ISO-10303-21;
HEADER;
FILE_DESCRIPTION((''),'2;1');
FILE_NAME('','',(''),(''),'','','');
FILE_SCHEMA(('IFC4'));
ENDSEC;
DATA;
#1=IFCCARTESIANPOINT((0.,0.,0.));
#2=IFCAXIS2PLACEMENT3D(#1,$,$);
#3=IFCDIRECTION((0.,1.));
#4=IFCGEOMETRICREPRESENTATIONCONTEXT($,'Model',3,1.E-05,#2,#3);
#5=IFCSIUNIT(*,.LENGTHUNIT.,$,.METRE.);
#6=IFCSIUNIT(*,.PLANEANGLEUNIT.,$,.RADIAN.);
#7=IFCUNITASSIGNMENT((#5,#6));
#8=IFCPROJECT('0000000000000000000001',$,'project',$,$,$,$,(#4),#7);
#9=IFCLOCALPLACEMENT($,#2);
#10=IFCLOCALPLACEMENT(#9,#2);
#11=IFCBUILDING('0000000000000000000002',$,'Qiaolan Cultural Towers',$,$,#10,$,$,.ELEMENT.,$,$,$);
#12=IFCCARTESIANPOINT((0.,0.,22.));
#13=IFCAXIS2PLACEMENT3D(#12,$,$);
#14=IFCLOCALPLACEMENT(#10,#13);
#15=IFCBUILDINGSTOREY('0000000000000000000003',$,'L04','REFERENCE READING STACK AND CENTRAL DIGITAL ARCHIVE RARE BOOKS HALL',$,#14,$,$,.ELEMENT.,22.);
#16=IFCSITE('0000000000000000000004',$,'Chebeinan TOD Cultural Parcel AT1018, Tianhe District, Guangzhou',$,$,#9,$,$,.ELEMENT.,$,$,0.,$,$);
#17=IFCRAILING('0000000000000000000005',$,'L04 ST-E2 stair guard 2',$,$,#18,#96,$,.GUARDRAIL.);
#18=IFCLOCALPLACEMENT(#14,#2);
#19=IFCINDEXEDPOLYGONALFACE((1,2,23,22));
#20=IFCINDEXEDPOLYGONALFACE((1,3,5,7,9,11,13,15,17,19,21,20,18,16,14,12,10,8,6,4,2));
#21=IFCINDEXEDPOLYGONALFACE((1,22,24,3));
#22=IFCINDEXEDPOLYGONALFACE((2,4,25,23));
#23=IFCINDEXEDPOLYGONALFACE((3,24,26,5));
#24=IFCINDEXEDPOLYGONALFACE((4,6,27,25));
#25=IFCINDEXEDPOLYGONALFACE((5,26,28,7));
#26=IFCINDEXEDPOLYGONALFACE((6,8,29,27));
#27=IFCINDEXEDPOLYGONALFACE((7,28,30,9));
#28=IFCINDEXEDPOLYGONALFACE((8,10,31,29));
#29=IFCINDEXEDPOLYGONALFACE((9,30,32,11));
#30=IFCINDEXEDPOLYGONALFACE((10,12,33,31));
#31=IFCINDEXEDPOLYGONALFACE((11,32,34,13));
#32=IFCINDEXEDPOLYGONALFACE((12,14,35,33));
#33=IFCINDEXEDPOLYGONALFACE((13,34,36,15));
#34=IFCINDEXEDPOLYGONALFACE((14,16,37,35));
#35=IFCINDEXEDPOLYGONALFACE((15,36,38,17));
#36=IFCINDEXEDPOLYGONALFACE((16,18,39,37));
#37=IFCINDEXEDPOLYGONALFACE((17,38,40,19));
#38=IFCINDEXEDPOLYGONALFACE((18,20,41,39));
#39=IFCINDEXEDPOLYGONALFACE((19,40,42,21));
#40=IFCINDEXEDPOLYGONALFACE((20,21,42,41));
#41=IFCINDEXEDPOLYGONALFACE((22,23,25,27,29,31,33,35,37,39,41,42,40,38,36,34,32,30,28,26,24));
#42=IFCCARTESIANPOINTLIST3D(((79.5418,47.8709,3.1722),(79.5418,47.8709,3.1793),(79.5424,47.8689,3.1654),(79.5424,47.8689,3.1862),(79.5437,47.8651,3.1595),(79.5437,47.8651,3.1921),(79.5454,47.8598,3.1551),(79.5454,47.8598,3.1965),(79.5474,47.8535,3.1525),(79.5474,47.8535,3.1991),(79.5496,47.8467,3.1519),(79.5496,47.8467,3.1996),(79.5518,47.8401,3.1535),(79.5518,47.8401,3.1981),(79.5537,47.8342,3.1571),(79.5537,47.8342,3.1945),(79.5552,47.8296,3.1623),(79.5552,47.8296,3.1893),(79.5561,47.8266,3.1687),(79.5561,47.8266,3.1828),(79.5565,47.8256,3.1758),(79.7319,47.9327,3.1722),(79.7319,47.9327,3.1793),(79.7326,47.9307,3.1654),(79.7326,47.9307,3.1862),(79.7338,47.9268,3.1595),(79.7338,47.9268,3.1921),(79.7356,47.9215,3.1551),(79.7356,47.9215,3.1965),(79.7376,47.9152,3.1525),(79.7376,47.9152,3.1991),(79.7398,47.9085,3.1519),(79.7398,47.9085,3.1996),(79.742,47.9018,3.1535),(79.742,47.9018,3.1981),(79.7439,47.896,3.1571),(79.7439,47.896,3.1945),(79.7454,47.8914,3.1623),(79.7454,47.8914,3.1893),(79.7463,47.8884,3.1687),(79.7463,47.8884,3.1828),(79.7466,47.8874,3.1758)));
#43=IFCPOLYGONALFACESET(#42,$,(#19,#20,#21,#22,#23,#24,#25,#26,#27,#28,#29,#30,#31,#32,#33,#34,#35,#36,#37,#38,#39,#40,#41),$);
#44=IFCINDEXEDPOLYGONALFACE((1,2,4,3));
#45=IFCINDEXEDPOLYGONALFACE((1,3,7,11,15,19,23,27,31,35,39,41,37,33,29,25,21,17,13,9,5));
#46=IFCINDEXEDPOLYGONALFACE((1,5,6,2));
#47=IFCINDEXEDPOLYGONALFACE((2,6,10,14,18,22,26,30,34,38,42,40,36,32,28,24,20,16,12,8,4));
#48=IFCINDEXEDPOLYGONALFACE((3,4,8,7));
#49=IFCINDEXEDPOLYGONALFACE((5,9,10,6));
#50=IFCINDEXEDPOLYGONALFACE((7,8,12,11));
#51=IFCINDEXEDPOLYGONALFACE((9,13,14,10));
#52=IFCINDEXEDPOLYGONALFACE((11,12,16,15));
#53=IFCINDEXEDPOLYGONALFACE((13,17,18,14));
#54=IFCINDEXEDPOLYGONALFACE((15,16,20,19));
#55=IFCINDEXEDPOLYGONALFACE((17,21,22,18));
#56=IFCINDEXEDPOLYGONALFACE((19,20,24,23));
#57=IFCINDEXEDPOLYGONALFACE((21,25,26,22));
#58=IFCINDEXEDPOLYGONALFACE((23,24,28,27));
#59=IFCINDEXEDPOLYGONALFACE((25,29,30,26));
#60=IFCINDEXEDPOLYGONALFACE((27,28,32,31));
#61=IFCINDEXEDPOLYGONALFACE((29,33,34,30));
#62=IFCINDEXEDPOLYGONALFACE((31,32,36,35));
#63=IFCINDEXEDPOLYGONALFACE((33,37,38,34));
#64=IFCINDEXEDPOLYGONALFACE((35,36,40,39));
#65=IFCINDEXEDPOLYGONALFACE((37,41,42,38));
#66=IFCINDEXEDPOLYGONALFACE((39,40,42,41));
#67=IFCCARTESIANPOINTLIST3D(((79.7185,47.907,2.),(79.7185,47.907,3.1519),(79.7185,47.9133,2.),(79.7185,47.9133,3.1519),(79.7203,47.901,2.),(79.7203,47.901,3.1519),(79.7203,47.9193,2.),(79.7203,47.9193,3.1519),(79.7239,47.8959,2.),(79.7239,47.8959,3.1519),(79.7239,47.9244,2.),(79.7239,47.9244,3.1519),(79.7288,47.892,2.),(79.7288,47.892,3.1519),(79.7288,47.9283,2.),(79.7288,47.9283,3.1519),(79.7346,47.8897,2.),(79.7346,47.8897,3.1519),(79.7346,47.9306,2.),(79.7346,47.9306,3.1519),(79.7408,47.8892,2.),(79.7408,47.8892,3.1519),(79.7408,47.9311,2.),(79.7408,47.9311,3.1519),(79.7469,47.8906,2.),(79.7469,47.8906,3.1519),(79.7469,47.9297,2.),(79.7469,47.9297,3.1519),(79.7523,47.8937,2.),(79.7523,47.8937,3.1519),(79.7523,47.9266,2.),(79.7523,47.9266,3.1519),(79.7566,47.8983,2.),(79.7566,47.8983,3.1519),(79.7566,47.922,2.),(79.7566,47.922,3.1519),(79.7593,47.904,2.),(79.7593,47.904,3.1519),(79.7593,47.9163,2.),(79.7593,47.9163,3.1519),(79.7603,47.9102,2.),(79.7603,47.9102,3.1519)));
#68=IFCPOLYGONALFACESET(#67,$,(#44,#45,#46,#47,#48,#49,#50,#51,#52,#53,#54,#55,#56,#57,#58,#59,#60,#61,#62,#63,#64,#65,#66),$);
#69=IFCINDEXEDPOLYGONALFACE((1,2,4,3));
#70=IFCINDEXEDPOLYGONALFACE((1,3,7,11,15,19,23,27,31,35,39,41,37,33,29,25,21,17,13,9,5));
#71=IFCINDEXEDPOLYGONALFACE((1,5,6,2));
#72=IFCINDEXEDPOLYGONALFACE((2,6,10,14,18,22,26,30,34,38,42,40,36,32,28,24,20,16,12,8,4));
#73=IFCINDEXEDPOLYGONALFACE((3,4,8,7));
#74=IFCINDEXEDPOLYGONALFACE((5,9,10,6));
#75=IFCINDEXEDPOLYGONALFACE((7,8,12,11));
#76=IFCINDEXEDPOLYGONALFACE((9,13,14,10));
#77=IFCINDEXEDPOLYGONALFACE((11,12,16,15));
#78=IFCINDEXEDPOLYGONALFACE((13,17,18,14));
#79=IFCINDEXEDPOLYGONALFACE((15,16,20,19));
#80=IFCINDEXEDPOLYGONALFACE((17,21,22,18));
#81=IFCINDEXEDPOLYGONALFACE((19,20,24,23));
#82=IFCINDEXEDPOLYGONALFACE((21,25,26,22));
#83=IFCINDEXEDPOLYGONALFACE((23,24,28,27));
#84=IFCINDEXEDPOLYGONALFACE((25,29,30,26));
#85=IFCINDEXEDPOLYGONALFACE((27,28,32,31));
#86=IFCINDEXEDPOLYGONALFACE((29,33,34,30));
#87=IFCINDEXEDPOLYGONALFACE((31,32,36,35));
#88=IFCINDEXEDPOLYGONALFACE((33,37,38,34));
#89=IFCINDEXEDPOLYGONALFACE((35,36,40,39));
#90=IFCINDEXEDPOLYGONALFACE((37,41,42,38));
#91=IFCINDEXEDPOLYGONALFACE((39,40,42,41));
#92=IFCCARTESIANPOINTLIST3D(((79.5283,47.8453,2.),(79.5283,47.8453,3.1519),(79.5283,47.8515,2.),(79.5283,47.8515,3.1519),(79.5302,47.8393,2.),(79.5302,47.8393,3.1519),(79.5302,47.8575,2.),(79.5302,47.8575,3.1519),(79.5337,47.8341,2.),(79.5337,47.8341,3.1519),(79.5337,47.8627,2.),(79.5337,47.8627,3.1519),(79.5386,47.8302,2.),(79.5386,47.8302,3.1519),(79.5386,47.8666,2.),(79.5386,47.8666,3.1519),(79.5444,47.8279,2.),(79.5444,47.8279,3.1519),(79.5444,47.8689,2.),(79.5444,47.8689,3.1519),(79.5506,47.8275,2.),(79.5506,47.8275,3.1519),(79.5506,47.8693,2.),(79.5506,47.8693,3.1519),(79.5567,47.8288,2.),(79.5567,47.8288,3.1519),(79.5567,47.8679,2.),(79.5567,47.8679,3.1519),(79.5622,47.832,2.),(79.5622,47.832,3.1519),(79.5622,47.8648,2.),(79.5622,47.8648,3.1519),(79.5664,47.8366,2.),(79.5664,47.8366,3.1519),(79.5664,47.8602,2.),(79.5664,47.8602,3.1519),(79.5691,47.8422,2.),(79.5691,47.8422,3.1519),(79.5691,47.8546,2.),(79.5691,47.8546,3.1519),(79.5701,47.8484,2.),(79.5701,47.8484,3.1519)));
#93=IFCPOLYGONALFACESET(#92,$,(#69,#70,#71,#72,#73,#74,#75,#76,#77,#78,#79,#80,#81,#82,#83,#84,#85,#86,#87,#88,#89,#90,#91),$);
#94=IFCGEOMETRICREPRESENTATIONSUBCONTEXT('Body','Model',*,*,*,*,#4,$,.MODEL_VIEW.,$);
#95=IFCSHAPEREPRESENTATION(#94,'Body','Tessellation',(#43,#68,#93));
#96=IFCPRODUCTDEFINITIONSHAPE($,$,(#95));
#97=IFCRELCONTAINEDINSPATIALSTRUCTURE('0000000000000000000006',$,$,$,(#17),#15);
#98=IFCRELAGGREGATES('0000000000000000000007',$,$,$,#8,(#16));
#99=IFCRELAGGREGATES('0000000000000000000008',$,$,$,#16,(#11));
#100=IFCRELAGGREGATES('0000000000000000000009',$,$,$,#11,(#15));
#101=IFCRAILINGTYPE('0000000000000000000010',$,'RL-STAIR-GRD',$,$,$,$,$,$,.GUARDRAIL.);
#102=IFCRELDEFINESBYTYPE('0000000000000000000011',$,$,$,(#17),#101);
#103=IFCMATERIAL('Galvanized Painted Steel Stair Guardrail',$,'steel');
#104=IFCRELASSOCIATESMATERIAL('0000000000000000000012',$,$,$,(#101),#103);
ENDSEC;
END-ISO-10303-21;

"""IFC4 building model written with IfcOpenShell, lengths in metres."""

from ifc_helpers import new_model, si_unit, direction, frame, origin, origin_2d, place, context, subcontext, project, spatial, circle, extrude, material, type_object, element, save


model = new_model("IFC4")

# Units and contexts
model_context = context("Model", 3, precision=1e-05, world=origin(), true_north=direction((0.0, 1.0)))
body_context = subcontext(model_context, "Body", "Model", "MODEL_VIEW")
ifc_project = project(units=[si_unit("LENGTHUNIT", "METRE"), si_unit("PLANEANGLEUNIT", "RADIAN")], contexts=[model_context])

# Site, building, storey
site_placement = place(None, origin())
site = spatial("IfcSite", under=ifc_project, at=site_placement, Name="Chebeinan TOD Cultural Parcel AT1018, Tianhe District, Guangzhou", CompositionType="ELEMENT", RefElevation=0.0)
building_placement = place(site_placement, origin())
building = spatial("IfcBuilding", under=site, at=building_placement, Name="Qiaolan Cultural Towers", CompositionType="ELEMENT")
storey_placement = place(building_placement, frame((0.0, 0.0, 22.0)))
storey = spatial("IfcBuildingStorey", under=building, at=storey_placement, Name="L04", Description="REFERENCE READING STACK AND CENTRAL DIGITAL ARCHIVE RARE BOOKS HALL", CompositionType="ELEMENT", Elevation=22.0)

# Railing
ifc_material_1 = material(Name="Galvanized Painted Steel Stair Guardrail", Category="steel")
railing_type_1 = type_object("IfcRailingType", Name="RL-STAIR-GRD", PredefinedType="GUARDRAIL", material=ifc_material_1)
railing_1_placement = place(storey_placement, frame((79.7393, 47.9102, 2.0)))
element("IfcRailing", 1, at=railing_1_placement, inside=storey, type_object=railing_type_1, Name="L04 ST-E2 stair guard 2", PredefinedType="GUARDRAIL", context=body_context, shape_type="SweptSolid", body=[
    extrude(circle(Radius=0.0239, at=origin_2d()), frame((0.0, 0.0, 1.1758), z_axis=(-0.951097, -0.308893, 0.0), x_axis=(0.308893, -0.951097, 0.0)), (0.0, 0.0, 1.0), 0.2),
    extrude(circle(Radius=0.021, at=origin_2d()), origin(), (0.0, 0.0, 1.0), 1.1519),
    extrude(circle(Radius=0.021, at=origin_2d()), frame((-0.1902, -0.0618, 0.0)), (0.0, 0.0, 1.0), 1.1519),
])

save(model, "model.ifc")
